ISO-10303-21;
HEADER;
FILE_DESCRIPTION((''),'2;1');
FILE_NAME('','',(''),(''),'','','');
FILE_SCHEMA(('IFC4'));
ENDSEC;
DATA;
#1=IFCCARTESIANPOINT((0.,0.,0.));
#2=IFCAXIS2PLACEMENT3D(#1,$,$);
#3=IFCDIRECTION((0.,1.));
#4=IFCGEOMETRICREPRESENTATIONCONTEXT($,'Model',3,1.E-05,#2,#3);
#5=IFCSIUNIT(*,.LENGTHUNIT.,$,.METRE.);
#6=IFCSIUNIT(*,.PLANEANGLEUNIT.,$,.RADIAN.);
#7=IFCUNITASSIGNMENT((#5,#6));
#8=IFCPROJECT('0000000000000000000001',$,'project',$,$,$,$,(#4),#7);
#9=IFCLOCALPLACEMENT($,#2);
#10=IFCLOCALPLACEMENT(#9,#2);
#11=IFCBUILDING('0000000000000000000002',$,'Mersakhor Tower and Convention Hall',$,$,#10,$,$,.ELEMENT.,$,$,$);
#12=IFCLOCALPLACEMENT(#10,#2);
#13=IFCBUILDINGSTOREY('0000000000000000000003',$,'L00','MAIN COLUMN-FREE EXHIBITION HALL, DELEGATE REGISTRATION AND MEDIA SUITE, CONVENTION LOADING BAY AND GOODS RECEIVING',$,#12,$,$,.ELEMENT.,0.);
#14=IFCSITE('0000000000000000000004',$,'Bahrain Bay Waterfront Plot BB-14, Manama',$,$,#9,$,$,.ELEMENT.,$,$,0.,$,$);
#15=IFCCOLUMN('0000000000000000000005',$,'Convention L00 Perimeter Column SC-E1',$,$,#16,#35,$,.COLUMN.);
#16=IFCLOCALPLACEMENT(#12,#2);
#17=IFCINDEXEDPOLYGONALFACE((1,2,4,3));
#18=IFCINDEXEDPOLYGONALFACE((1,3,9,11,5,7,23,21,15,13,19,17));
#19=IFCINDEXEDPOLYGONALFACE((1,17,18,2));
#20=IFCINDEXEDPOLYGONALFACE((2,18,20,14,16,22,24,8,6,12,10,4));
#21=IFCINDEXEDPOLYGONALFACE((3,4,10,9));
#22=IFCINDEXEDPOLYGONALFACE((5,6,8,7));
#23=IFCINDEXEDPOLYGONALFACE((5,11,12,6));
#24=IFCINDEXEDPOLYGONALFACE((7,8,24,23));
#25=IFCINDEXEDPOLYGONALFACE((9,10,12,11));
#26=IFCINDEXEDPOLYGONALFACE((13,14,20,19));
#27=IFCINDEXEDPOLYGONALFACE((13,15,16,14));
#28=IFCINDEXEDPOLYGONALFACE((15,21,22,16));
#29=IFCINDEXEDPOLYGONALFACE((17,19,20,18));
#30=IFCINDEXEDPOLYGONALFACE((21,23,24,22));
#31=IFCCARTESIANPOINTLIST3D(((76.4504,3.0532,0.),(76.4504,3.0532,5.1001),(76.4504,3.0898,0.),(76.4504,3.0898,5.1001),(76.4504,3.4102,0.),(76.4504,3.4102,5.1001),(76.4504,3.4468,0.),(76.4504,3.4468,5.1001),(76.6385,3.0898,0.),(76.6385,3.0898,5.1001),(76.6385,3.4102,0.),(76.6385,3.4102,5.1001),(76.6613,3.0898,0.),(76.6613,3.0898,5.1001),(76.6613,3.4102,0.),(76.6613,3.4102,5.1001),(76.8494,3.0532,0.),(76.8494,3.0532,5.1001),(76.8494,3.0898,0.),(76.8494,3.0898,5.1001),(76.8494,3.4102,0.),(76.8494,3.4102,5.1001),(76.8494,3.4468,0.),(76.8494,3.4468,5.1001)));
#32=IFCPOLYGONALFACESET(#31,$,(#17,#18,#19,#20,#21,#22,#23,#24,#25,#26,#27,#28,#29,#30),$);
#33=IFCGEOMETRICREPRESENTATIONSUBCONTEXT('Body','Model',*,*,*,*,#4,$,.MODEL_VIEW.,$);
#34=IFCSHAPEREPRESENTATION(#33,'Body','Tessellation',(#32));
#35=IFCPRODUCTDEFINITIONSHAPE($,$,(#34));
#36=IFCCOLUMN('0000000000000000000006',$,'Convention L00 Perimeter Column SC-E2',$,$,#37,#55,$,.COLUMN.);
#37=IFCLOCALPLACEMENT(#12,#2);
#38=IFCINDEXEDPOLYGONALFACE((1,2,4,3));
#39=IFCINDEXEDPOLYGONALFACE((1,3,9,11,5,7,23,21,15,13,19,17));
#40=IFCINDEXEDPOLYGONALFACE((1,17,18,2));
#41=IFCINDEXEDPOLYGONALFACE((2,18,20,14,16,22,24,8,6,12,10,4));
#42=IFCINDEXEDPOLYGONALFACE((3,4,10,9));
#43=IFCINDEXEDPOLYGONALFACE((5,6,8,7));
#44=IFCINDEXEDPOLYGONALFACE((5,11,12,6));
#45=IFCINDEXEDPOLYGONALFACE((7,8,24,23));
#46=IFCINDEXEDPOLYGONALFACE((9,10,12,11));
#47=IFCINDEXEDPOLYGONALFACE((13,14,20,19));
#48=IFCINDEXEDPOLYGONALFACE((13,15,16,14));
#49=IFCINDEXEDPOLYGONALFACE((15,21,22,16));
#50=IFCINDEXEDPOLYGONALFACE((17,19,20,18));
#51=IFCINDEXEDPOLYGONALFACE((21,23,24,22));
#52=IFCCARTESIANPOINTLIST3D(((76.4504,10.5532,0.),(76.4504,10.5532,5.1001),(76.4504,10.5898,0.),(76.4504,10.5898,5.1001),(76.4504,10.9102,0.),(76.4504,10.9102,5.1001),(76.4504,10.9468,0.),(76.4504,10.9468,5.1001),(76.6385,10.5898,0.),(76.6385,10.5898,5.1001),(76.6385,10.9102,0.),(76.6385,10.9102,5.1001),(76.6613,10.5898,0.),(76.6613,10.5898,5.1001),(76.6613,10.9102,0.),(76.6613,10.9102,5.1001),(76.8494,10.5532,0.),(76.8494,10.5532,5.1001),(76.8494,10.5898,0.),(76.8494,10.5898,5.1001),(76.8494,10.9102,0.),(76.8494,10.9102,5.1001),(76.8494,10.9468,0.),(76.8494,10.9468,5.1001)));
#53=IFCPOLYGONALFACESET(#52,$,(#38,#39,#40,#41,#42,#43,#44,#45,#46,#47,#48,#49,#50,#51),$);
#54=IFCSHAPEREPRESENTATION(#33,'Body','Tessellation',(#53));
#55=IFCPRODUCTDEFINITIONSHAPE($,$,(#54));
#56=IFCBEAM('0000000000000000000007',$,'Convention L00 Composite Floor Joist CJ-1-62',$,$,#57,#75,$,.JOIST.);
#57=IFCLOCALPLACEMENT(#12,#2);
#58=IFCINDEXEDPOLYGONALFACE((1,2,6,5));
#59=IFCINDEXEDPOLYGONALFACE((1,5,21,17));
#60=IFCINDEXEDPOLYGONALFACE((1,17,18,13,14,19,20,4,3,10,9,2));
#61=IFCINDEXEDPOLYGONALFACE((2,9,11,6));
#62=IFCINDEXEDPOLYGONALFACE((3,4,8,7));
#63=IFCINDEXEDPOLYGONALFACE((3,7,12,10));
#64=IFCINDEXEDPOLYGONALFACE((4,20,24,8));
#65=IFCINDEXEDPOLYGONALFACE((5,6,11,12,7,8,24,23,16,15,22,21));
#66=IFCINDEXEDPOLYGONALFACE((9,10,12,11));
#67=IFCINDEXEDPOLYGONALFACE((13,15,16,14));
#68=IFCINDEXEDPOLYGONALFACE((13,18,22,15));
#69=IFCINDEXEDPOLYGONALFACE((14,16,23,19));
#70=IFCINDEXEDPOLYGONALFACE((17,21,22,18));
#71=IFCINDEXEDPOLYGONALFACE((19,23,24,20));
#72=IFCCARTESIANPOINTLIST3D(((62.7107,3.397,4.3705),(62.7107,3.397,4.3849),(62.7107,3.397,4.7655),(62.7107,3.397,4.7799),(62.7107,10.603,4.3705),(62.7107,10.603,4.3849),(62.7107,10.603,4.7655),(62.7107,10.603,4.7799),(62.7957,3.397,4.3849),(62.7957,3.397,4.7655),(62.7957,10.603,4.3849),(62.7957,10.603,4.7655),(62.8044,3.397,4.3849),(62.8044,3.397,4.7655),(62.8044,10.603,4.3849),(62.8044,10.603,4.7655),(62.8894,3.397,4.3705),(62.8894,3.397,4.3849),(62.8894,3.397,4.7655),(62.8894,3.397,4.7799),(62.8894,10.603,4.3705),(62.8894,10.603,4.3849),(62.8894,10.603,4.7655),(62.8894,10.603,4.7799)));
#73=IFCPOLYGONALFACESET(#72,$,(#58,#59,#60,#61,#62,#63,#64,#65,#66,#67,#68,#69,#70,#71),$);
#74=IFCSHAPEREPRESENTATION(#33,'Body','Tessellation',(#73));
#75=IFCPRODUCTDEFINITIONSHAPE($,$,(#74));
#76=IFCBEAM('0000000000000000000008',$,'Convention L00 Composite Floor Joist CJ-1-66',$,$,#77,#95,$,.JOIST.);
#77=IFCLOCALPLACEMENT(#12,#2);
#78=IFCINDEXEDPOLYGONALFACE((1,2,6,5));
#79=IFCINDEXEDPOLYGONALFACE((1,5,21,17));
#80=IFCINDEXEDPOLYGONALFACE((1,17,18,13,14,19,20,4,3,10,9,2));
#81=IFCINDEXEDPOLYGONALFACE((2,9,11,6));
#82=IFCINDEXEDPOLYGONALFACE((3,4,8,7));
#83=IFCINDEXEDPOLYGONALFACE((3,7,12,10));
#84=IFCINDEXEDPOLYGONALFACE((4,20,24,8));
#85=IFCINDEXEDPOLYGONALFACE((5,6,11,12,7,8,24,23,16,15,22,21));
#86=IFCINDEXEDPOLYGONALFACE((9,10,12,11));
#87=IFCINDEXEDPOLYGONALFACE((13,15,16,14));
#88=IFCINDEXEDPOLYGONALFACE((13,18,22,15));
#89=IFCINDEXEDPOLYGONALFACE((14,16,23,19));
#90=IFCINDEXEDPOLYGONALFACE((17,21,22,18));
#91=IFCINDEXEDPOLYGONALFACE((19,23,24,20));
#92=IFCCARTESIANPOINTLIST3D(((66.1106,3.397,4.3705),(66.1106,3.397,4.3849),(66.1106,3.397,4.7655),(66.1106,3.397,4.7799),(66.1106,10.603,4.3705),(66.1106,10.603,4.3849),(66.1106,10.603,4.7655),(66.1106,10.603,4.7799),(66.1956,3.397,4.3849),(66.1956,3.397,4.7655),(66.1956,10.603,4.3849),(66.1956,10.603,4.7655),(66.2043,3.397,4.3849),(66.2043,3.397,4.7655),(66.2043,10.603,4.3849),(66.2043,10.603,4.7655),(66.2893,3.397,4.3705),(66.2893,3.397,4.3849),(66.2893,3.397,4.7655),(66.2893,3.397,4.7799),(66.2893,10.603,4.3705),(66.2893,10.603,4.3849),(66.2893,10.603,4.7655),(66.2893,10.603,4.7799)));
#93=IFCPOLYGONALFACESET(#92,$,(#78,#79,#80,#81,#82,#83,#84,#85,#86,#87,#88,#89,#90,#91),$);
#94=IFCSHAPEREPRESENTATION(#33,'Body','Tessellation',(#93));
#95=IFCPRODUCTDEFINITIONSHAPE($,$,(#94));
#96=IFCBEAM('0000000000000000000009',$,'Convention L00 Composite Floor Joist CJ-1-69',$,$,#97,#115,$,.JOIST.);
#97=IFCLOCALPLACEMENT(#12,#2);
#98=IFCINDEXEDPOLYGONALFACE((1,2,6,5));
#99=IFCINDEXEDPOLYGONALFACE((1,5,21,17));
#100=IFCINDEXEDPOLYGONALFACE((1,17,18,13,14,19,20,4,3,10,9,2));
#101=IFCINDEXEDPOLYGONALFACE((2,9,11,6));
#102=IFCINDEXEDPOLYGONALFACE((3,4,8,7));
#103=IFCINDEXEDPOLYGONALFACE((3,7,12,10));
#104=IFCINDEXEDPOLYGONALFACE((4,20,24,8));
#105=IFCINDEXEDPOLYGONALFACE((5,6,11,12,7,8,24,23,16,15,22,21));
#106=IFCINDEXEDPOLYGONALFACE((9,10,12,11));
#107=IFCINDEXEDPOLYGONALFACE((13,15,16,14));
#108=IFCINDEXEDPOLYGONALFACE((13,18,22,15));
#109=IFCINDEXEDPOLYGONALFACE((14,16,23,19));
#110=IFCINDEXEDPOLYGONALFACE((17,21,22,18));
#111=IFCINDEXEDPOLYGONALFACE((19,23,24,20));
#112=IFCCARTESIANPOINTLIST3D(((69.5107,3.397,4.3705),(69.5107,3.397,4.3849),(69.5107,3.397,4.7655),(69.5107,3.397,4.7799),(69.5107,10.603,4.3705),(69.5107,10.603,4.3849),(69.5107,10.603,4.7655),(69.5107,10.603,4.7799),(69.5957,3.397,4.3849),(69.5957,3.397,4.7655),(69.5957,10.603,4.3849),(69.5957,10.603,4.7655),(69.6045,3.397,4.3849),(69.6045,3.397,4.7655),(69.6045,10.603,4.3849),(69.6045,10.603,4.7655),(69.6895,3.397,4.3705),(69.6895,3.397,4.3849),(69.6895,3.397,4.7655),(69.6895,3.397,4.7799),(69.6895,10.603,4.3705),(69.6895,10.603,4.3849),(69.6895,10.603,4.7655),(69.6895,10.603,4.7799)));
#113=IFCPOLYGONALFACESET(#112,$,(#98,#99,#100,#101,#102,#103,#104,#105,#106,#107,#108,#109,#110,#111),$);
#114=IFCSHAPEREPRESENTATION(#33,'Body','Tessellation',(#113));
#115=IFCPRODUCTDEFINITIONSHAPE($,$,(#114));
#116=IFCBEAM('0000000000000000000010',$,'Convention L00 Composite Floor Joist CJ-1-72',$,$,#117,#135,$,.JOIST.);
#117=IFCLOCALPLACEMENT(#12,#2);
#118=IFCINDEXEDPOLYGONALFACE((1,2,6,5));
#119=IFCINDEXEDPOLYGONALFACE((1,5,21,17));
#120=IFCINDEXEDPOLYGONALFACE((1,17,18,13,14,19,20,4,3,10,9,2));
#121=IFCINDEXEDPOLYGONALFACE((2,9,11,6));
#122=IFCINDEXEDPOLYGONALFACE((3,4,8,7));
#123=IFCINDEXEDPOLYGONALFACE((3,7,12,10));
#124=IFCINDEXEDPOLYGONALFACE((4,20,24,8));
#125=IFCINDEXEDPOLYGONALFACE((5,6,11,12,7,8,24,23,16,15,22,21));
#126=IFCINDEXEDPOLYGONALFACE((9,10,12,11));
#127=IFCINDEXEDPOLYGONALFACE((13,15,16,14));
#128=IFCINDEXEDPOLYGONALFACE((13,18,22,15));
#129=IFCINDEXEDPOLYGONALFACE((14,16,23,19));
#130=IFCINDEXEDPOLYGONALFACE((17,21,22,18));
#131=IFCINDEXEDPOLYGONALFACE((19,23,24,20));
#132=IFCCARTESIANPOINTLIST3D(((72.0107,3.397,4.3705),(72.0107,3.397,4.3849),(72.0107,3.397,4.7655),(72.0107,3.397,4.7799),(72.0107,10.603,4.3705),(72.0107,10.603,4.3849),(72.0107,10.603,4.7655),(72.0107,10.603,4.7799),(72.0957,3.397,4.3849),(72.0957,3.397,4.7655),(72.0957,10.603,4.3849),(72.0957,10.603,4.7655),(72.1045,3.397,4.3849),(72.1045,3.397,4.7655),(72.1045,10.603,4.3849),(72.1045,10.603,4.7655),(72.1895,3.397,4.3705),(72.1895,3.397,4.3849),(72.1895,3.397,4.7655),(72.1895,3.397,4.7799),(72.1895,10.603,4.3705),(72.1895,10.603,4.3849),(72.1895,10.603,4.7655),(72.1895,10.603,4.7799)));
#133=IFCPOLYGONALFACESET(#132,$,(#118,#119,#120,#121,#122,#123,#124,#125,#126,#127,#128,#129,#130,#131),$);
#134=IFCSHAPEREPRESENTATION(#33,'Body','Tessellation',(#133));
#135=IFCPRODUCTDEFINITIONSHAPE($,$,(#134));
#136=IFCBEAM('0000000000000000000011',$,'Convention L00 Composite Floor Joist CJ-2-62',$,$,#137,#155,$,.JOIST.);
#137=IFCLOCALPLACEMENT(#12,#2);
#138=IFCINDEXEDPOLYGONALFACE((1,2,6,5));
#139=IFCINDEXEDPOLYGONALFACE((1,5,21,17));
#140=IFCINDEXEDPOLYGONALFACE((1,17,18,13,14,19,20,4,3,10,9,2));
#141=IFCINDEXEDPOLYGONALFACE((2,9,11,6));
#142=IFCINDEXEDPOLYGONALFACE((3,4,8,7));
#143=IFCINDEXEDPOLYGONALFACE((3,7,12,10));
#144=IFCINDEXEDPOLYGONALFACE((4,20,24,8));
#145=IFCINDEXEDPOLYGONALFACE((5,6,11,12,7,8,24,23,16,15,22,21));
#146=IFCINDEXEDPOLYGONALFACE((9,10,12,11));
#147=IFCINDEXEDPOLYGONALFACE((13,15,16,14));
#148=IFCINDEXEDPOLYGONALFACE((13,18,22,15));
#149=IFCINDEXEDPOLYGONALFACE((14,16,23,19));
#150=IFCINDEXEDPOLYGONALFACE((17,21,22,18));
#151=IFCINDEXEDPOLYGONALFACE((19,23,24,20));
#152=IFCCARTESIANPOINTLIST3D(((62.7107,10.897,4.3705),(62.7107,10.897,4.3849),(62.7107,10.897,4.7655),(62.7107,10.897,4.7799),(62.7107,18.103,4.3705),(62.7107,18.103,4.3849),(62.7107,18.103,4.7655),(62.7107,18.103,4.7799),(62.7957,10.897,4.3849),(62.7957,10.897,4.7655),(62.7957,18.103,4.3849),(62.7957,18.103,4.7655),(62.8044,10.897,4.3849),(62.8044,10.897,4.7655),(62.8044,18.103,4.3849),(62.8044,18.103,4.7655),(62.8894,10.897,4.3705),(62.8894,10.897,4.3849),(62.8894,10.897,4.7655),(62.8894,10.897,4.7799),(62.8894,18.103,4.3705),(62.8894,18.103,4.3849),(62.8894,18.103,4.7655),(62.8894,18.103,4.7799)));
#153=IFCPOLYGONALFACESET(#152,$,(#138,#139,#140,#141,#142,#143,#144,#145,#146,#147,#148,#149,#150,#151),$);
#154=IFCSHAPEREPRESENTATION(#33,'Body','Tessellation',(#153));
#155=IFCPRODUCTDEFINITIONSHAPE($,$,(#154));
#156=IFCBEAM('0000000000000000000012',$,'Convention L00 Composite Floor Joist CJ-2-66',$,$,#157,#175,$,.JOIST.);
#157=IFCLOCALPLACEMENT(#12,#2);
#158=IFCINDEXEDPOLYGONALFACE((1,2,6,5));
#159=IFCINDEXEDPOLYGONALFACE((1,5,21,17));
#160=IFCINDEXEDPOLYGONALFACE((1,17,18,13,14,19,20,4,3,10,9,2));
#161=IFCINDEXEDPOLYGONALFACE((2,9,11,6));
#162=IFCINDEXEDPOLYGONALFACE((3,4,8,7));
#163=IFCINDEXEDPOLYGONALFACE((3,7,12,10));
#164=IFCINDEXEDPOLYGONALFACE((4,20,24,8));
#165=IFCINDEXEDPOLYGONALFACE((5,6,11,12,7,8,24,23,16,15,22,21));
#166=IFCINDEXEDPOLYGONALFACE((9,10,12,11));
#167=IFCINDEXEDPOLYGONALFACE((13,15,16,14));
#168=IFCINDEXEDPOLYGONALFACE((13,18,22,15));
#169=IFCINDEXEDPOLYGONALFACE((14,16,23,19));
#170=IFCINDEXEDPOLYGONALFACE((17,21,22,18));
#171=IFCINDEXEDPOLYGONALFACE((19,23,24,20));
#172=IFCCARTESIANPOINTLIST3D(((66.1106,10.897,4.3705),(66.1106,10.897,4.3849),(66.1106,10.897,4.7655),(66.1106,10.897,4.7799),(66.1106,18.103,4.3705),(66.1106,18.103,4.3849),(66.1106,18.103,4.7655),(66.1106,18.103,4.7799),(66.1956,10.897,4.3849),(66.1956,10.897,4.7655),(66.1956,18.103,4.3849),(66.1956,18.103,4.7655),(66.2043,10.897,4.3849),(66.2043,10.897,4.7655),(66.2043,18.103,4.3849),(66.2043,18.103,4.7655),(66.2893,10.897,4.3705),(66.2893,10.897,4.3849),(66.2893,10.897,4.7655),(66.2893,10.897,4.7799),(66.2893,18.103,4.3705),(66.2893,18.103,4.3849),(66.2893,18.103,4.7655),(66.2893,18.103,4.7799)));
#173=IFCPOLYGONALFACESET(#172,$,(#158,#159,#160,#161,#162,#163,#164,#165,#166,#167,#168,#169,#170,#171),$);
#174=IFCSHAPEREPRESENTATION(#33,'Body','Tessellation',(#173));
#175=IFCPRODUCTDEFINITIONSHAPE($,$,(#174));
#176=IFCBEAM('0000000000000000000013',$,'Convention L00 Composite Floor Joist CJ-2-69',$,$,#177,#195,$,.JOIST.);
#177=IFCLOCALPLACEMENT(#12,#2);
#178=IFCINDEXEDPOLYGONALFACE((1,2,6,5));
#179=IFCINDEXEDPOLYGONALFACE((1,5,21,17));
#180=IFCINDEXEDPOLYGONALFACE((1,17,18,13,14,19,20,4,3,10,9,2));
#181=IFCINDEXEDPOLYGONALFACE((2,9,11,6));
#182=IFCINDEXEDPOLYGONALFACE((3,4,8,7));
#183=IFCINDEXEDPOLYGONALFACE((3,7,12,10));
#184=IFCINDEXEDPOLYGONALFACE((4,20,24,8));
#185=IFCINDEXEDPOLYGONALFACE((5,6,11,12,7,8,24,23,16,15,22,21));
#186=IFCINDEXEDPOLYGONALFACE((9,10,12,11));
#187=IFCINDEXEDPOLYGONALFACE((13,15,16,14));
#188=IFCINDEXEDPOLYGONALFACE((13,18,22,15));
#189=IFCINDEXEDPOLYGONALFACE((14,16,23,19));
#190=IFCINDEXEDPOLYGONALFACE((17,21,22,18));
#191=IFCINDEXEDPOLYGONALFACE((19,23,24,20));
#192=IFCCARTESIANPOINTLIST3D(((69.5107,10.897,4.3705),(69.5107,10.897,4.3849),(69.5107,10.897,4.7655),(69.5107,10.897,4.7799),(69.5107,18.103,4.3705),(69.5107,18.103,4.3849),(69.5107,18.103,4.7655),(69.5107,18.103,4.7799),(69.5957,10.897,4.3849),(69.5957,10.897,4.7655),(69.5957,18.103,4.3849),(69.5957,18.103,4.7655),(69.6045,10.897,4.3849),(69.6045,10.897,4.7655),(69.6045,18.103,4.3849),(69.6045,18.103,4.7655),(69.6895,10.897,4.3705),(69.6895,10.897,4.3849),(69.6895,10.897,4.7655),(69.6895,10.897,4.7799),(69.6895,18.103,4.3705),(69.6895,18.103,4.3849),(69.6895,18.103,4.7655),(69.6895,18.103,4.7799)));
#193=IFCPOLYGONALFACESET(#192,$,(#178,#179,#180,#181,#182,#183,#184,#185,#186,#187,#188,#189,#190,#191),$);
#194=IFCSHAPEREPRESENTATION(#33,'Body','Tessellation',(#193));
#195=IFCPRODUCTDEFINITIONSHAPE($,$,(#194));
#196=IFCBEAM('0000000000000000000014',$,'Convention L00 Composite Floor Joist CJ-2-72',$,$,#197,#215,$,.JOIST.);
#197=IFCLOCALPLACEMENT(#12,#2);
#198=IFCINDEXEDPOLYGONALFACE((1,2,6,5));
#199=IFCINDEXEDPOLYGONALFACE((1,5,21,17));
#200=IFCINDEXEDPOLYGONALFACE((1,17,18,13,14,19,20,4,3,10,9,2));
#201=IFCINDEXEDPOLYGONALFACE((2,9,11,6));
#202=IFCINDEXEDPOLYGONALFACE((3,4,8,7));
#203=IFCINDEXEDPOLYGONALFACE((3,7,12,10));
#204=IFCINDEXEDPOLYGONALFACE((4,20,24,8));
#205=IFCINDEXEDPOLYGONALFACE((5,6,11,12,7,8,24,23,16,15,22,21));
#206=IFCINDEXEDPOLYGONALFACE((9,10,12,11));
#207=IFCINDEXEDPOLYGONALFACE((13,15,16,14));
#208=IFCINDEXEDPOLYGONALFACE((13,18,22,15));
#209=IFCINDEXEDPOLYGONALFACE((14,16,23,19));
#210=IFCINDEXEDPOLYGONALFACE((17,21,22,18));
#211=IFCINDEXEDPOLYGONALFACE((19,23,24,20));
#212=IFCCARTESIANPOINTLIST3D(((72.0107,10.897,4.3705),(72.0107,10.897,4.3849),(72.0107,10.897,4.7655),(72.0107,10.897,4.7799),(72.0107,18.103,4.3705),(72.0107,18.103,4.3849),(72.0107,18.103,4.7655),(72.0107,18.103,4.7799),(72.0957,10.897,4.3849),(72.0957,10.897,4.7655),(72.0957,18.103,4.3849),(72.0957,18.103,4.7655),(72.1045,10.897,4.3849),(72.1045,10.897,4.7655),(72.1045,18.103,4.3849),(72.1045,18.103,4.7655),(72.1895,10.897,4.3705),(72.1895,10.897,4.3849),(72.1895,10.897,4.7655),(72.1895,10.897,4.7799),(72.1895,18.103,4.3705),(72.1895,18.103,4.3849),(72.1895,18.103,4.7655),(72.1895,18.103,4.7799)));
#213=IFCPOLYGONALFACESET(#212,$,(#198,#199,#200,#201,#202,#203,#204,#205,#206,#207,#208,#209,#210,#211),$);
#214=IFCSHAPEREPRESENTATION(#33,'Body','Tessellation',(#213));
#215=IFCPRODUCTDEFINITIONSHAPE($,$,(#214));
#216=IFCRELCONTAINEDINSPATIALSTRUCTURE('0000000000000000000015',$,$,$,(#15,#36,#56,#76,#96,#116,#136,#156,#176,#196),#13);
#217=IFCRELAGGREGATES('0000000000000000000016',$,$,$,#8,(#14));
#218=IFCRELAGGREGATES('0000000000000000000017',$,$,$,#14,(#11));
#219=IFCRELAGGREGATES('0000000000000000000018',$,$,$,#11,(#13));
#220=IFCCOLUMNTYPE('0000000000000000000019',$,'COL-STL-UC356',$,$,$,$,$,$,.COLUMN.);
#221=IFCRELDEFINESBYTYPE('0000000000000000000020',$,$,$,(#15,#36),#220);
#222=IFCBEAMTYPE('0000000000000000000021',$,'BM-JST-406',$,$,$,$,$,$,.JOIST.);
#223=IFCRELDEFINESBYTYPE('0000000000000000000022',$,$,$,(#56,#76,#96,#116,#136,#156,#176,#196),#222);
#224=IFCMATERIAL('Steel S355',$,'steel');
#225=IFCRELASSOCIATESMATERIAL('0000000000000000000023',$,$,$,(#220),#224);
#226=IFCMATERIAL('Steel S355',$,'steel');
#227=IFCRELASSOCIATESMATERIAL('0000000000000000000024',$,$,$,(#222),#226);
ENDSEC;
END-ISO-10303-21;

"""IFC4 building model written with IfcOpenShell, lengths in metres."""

from ifc_helpers import new_model, si_unit, direction, frame, origin, origin_2d, place, context, subcontext, project, spatial, i_section, extrude, material, material_profile, profile_set, type_object, element, save


model = new_model("IFC4")

# Units and contexts
model_context = context("Model", 3, precision=1e-05, world=origin(), true_north=direction((0.0, 1.0)))
body_context = subcontext(model_context, "Body", "Model", "MODEL_VIEW")
ifc_project = project(units=[si_unit("LENGTHUNIT", "METRE"), si_unit("PLANEANGLEUNIT", "RADIAN")], contexts=[model_context])

# Site, building, storey
site_placement = place(None, origin())
site = spatial("IfcSite", under=ifc_project, at=site_placement, Name="Bahrain Bay Waterfront Plot BB-14, Manama", CompositionType="ELEMENT", RefElevation=0.0)
building_placement = place(site_placement, origin())
building = spatial("IfcBuilding", under=site, at=building_placement, Name="Mersakhor Tower and Convention Hall", CompositionType="ELEMENT")
storey_placement = place(building_placement, origin())
storey = spatial("IfcBuildingStorey", under=building, at=storey_placement, Name="L00", Description="MAIN COLUMN-FREE EXHIBITION HALL, DELEGATE REGISTRATION AND MEDIA SUITE, CONVENTION LOADING BAY AND GOODS RECEIVING", CompositionType="ELEMENT", Elevation=0.0)

# Columns
ifc_material_1 = material(Name="Steel S355", Category="steel")
ifc_material_profile_1 = material_profile(ifc_material_1, i_section(OverallWidth=0.3989, OverallDepth=0.3936, WebThickness=0.0227, FlangeThickness=0.0366, at=origin_2d()), Name="UC 356x406x287")
ifc_profile_set_1 = profile_set([ifc_material_profile_1], Name="Steel S355")
column_type = type_object("IfcColumnType", Name="COL-STL-UC356", PredefinedType="COLUMN", material=ifc_profile_set_1)
for number, where, z_axis, x_axis, name in (
    (1, (76.6499, 3.25, 0.0), (0.0, 0.0, 1.0), (1.0, 0.0, 0.0), "Convention L00 Perimeter Column SC-E1"),
    (2, (76.6499, 10.75, 0.0), (0.0, 0.0, 1.0), (1.0, 0.0, 0.0), "Convention L00 Perimeter Column SC-E2"),
):
    element("IfcColumn", number, at=place(storey_placement, frame(where, z_axis=z_axis, x_axis=x_axis)), inside=storey, type_object=column_type, Name=name, PredefinedType="COLUMN", context=body_context, shape_type="SweptSolid", body=[
        extrude(i_section(OverallWidth=0.3989, OverallDepth=0.3936, WebThickness=0.0227, FlangeThickness=0.0366, at=origin_2d()), origin(), (0.0, 0.0, 1.0), 5.1001),
    ])

# Beams
ifc_material_2 = material(Name="Steel S355", Category="steel")
ifc_material_profile_2 = material_profile(ifc_material_2, i_section(OverallWidth=0.1787, OverallDepth=0.4094, WebThickness=0.0088, FlangeThickness=0.0144, at=origin_2d()), Name="UB 406x178x67")
ifc_profile_set_2 = profile_set([ifc_material_profile_2], Name="Steel S355")
beam_type_1 = type_object("IfcBeamType", Name="BM-JST-406", PredefinedType="JOIST", material=ifc_profile_set_2)
for number, where, z_axis, x_axis, name in (
    (3, (62.8, 3.397, 4.5752), (0.0, 1.0, 0.0), (-1.0, 0.0, 0.0), "Convention L00 Composite Floor Joist CJ-1-62"),
    (4, (66.2, 3.397, 4.5752), (0.0, 1.0, 0.0), (-1.0, 0.0, 0.0), "Convention L00 Composite Floor Joist CJ-1-66"),
    (5, (69.6001, 3.397, 4.5752), (0.0, 1.0, 0.0), (-1.0, 0.0, 0.0), "Convention L00 Composite Floor Joist CJ-1-69"),
    (6, (72.1001, 3.397, 4.5752), (0.0, 1.0, 0.0), (-1.0, 0.0, 0.0), "Convention L00 Composite Floor Joist CJ-1-72"),
    (7, (62.8, 10.897, 4.5752), (0.0, 1.0, 0.0), (-1.0, 0.0, 0.0), "Convention L00 Composite Floor Joist CJ-2-62"),
    (8, (66.2, 10.897, 4.5752), (0.0, 1.0, 0.0), (-1.0, 0.0, 0.0), "Convention L00 Composite Floor Joist CJ-2-66"),
    (9, (69.6001, 10.897, 4.5752), (0.0, 1.0, 0.0), (-1.0, 0.0, 0.0), "Convention L00 Composite Floor Joist CJ-2-69"),
    (10, (72.1001, 10.897, 4.5752), (0.0, 1.0, 0.0), (-1.0, 0.0, 0.0), "Convention L00 Composite Floor Joist CJ-2-72"),
):
    element("IfcBeam", number, at=place(storey_placement, frame(where, z_axis=z_axis, x_axis=x_axis)), inside=storey, type_object=beam_type_1, Name=name, PredefinedType="JOIST", context=body_context, shape_type="SweptSolid", body=[
        extrude(i_section(OverallWidth=0.1787, OverallDepth=0.4094, WebThickness=0.0088, FlangeThickness=0.0144, at=origin_2d()), origin(), (0.0, 0.0, 1.0), 7.2061),
    ])

save(model, "model.ifc")
